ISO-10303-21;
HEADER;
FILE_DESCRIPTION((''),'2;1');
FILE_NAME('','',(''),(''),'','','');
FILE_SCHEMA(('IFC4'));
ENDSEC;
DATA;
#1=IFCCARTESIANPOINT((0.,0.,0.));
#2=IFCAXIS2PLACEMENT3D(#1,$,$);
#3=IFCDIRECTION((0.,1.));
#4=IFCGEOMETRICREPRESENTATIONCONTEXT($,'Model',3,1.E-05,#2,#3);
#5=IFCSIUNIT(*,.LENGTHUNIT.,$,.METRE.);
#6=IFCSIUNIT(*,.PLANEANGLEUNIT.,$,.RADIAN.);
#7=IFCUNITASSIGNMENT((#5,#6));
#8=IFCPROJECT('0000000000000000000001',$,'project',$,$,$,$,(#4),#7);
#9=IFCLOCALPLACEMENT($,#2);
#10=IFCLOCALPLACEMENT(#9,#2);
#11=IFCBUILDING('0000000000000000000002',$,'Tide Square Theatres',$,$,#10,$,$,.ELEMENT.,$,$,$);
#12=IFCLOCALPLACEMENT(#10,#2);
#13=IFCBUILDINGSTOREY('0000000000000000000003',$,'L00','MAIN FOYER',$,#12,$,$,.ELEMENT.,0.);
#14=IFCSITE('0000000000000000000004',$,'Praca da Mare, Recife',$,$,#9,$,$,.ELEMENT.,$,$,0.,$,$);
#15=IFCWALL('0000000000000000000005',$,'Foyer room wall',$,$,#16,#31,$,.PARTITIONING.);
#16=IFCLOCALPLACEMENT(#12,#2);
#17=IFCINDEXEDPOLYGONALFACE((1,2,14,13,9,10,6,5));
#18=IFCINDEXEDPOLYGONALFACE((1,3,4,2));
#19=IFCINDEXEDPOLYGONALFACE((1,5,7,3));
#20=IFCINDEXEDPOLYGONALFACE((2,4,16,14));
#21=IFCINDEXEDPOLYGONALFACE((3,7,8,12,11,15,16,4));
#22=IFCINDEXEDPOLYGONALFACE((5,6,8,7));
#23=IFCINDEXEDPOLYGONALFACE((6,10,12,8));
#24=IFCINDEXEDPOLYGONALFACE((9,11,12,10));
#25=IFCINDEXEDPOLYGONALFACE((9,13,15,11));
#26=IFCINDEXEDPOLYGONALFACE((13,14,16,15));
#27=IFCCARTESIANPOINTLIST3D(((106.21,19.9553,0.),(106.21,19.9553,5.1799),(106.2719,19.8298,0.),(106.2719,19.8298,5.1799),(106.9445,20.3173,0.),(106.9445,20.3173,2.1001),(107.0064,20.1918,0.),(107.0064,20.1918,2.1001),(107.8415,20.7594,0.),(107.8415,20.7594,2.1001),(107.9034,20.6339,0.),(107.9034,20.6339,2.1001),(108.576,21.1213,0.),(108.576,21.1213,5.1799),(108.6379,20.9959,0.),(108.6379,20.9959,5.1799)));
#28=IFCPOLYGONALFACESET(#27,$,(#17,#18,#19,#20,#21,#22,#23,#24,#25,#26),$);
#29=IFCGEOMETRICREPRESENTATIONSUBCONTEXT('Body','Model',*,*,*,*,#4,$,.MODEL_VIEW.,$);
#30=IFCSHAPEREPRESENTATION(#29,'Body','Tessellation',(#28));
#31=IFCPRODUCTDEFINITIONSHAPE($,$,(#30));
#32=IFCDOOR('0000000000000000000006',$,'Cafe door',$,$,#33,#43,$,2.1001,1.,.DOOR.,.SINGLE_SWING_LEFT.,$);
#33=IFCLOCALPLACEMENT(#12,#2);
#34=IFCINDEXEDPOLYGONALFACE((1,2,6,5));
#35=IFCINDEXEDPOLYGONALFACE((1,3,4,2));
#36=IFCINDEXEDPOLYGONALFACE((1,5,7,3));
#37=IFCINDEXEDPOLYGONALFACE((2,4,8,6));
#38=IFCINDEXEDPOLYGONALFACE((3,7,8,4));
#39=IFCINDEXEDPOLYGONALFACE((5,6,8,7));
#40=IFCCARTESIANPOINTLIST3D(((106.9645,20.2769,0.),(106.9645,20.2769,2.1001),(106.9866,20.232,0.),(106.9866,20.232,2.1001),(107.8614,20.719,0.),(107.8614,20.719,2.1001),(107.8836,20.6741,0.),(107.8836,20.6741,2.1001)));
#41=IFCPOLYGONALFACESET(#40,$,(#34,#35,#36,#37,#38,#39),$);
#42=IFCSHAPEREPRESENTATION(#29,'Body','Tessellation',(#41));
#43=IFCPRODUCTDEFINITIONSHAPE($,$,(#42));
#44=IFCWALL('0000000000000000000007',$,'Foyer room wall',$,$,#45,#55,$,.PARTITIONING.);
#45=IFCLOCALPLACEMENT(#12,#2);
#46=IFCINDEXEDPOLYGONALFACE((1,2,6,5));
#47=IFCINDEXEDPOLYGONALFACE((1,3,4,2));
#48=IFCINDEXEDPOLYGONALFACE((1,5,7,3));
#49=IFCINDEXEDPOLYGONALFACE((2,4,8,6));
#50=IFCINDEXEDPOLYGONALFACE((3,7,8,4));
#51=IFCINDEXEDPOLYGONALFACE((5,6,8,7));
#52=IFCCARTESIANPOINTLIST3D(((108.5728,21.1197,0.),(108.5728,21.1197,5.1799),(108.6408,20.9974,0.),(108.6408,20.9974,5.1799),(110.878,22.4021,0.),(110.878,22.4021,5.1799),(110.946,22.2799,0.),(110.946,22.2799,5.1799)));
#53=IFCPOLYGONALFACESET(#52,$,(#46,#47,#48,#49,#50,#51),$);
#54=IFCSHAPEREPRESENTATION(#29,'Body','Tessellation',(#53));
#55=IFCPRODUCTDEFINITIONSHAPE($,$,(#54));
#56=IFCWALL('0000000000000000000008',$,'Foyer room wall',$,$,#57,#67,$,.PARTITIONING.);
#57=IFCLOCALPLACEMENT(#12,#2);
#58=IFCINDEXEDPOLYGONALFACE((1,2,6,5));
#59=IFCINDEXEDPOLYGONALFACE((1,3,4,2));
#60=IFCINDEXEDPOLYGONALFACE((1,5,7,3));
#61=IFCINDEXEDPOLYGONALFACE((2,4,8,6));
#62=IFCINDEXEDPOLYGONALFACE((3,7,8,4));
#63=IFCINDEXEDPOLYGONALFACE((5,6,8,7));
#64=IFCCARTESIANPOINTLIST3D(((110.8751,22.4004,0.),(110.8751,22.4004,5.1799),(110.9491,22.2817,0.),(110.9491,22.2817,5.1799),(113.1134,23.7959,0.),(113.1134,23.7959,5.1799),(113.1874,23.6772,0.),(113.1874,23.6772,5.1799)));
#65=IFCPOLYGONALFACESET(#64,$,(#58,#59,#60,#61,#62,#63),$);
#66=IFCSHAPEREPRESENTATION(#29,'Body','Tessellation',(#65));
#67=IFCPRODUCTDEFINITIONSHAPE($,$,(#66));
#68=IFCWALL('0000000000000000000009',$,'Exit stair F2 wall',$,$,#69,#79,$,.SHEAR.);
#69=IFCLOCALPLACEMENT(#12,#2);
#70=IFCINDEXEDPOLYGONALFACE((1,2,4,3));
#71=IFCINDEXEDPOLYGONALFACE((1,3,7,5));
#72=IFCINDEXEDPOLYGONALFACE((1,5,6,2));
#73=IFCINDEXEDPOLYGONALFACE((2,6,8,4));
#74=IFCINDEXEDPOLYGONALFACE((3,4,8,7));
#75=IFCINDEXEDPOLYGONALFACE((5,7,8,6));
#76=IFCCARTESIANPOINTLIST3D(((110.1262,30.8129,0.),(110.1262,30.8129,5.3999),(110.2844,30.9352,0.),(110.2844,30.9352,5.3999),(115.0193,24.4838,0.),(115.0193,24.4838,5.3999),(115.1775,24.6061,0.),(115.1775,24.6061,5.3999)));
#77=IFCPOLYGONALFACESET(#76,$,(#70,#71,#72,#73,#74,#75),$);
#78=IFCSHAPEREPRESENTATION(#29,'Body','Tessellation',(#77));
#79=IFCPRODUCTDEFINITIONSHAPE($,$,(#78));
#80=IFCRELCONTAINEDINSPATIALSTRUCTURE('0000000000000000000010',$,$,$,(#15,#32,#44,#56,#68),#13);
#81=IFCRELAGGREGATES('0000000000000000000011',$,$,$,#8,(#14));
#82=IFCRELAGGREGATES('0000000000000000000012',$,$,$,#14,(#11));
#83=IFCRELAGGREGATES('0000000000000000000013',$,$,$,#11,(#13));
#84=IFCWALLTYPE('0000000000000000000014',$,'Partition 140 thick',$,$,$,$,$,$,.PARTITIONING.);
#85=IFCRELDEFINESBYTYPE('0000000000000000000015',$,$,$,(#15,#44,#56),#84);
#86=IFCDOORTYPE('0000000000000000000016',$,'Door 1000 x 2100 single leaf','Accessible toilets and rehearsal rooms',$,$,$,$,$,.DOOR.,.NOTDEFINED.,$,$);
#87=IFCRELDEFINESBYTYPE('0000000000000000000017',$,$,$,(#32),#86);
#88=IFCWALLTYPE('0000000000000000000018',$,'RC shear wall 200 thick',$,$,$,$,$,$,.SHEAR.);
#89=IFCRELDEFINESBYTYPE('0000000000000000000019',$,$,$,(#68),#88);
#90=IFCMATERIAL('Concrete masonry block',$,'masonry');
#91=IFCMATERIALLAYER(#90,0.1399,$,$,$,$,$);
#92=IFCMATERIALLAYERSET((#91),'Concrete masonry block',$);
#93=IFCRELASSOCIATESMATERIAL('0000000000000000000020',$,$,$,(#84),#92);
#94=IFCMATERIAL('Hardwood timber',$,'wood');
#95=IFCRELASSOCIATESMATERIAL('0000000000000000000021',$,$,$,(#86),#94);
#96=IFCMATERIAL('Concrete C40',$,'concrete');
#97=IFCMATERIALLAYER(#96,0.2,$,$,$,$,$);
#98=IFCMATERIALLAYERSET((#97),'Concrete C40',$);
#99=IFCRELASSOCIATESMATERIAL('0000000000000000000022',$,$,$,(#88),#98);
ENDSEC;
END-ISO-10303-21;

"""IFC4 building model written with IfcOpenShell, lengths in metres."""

from ifc_helpers import new_model, si_unit, direction, frame, frame_2d, origin, place, context, subcontext, project, spatial, rectangle, extrude, material, layer, layer_set, type_object, element, fill, save


model = new_model("IFC4")

# Units and contexts
model_context = context("Model", 3, precision=1e-05, world=origin(), true_north=direction((0.0, 1.0)))
body_context = subcontext(model_context, "Body", "Model", "MODEL_VIEW")
ifc_project = project(units=[si_unit("LENGTHUNIT", "METRE"), si_unit("PLANEANGLEUNIT", "RADIAN")], contexts=[model_context])

# Site, building, storey
site_placement = place(None, origin())
site = spatial("IfcSite", under=ifc_project, at=site_placement, Name="Praca da Mare, Recife", CompositionType="ELEMENT", RefElevation=0.0)
building_placement = place(site_placement, origin())
building = spatial("IfcBuilding", under=site, at=building_placement, Name="Tide Square Theatres", CompositionType="ELEMENT")
storey_placement = place(building_placement, origin())
storey = spatial("IfcBuildingStorey", under=building, at=storey_placement, Name="L00", Description="MAIN FOYER", CompositionType="ELEMENT", Elevation=0.0)

# Shared definitions
ifc_material_1 = material(Name="Concrete masonry block", Category="masonry")
ifc_layer_1 = layer(ifc_material_1, 0.1399)
ifc_layer_set_1 = layer_set([ifc_layer_1], Name="Concrete masonry block")
wall_type_1 = type_object("IfcWallType", Name="Partition 140 thick", PredefinedType="PARTITIONING", material=ifc_layer_set_1)

# Wall, opening, door
wall_1_placement = place(storey_placement, frame((106.241, 19.8926, 0.0), z_axis=(0.0, 0.0, 1.0), x_axis=(0.896986, 0.44206, 0.0)))
wall_1 = element("IfcWall", 1, at=wall_1_placement, inside=storey, type_object=wall_type_1, Name="Foyer room wall", PredefinedType="PARTITIONING", context=body_context, shape_type="SweptSolid", body=[
    extrude(rectangle(XDim=2.6377, YDim=0.1399, at=frame_2d((1.3188, 0.0))), origin(), (0.0, 0.0, 1.0), 5.1799),
])
opening_placement = place(wall_1_placement, frame((0.8188, 0.0, 0.0)))
opening = element("IfcOpeningElement", 2, at=opening_placement, cuts=wall_1, PredefinedType="OPENING", context=body_context, shape_type="SweptSolid", body=[
    extrude(rectangle(XDim=1.0, YDim=2.1001, at=frame_2d((0.5, 1.05))), frame((0.0, 0.0798, 0.0), z_axis=(0.0, -1.0, 0.0), x_axis=(1.0, 0.0, 0.0)), (0.0, 0.0, 1.0), 0.1599),
])
ifc_material_2 = material(Name="Hardwood timber", Category="wood")
door_type = type_object("IfcDoorType", Name="Door 1000 x 2100 single leaf", Description="Accessible toilets and rehearsal rooms", OperationType="NOTDEFINED", PredefinedType="DOOR", material=ifc_material_2)
door_placement = place(opening_placement, origin())
door = element("IfcDoor", 3, at=door_placement, inside=storey, type_object=door_type, Name="Cafe door", OperationType="SINGLE_SWING_LEFT", OverallHeight=2.1001, OverallWidth=1.0, PredefinedType="DOOR", context=body_context, shape_type="SweptSolid", body=[
    extrude(rectangle(XDim=1.0, YDim=2.1001, at=frame_2d((0.5, 1.05))), frame((0.0, 0.0249, 0.0), z_axis=(0.0, -1.0, 0.0), x_axis=(1.0, 0.0, 0.0)), (0.0, 0.0, 1.0), 0.05),
])
fill(opening, door)

# Walls
wall_2_placement = place(storey_placement, frame((108.6069, 21.0586, 0.0), z_axis=(0.0, 0.0, 1.0), x_axis=(0.873865, 0.486169, 0.0)))
element("IfcWall", 4, at=wall_2_placement, inside=storey, type_object=wall_type_1, Name="Foyer room wall", PredefinedType="PARTITIONING", context=body_context, shape_type="SweptSolid", body=[
    extrude(rectangle(XDim=2.6379, YDim=0.1399, at=frame_2d((1.3188, 0.0))), origin(), (0.0, 0.0, 1.0), 5.1799),
])
wall_3_placement = place(storey_placement, frame((110.9121, 22.3411, 0.0), z_axis=(0.0, 0.0, 1.0), x_axis=(0.84858, 0.529067, 0.0)))
element("IfcWall", 5, at=wall_3_placement, inside=storey, type_object=wall_type_1, Name="Foyer room wall", PredefinedType="PARTITIONING", context=body_context, shape_type="SweptSolid", body=[
    extrude(rectangle(XDim=2.6377, YDim=0.1399, at=frame_2d((1.3188, 0.0))), origin(), (0.0, 0.0, 1.0), 5.1799),
])
ifc_material_3 = material(Name="Concrete C40", Category="concrete")
ifc_layer_2 = layer(ifc_material_3, 0.2)
ifc_layer_set_2 = layer_set([ifc_layer_2], Name="Concrete C40")
wall_type_2 = type_object("IfcWallType", Name="RC shear wall 200 thick", PredefinedType="SHEAR", material=ifc_layer_set_2)
wall_4_placement = place(storey_placement, frame((115.0984, 24.5449, 0.0), z_axis=(0.0, 0.0, 1.0), x_axis=(-0.611635, 0.79114, 0.0)))
element("IfcWall", 6, at=wall_4_placement, inside=storey, type_object=wall_type_2, Name="Exit stair F2 wall", PredefinedType="SHEAR", context=body_context, shape_type="SweptSolid", body=[
    extrude(rectangle(XDim=8.0, YDim=0.2, at=frame_2d((4.0, 0.0))), origin(), (0.0, 0.0, 1.0), 5.3999),
])

save(model, "model.ifc")
